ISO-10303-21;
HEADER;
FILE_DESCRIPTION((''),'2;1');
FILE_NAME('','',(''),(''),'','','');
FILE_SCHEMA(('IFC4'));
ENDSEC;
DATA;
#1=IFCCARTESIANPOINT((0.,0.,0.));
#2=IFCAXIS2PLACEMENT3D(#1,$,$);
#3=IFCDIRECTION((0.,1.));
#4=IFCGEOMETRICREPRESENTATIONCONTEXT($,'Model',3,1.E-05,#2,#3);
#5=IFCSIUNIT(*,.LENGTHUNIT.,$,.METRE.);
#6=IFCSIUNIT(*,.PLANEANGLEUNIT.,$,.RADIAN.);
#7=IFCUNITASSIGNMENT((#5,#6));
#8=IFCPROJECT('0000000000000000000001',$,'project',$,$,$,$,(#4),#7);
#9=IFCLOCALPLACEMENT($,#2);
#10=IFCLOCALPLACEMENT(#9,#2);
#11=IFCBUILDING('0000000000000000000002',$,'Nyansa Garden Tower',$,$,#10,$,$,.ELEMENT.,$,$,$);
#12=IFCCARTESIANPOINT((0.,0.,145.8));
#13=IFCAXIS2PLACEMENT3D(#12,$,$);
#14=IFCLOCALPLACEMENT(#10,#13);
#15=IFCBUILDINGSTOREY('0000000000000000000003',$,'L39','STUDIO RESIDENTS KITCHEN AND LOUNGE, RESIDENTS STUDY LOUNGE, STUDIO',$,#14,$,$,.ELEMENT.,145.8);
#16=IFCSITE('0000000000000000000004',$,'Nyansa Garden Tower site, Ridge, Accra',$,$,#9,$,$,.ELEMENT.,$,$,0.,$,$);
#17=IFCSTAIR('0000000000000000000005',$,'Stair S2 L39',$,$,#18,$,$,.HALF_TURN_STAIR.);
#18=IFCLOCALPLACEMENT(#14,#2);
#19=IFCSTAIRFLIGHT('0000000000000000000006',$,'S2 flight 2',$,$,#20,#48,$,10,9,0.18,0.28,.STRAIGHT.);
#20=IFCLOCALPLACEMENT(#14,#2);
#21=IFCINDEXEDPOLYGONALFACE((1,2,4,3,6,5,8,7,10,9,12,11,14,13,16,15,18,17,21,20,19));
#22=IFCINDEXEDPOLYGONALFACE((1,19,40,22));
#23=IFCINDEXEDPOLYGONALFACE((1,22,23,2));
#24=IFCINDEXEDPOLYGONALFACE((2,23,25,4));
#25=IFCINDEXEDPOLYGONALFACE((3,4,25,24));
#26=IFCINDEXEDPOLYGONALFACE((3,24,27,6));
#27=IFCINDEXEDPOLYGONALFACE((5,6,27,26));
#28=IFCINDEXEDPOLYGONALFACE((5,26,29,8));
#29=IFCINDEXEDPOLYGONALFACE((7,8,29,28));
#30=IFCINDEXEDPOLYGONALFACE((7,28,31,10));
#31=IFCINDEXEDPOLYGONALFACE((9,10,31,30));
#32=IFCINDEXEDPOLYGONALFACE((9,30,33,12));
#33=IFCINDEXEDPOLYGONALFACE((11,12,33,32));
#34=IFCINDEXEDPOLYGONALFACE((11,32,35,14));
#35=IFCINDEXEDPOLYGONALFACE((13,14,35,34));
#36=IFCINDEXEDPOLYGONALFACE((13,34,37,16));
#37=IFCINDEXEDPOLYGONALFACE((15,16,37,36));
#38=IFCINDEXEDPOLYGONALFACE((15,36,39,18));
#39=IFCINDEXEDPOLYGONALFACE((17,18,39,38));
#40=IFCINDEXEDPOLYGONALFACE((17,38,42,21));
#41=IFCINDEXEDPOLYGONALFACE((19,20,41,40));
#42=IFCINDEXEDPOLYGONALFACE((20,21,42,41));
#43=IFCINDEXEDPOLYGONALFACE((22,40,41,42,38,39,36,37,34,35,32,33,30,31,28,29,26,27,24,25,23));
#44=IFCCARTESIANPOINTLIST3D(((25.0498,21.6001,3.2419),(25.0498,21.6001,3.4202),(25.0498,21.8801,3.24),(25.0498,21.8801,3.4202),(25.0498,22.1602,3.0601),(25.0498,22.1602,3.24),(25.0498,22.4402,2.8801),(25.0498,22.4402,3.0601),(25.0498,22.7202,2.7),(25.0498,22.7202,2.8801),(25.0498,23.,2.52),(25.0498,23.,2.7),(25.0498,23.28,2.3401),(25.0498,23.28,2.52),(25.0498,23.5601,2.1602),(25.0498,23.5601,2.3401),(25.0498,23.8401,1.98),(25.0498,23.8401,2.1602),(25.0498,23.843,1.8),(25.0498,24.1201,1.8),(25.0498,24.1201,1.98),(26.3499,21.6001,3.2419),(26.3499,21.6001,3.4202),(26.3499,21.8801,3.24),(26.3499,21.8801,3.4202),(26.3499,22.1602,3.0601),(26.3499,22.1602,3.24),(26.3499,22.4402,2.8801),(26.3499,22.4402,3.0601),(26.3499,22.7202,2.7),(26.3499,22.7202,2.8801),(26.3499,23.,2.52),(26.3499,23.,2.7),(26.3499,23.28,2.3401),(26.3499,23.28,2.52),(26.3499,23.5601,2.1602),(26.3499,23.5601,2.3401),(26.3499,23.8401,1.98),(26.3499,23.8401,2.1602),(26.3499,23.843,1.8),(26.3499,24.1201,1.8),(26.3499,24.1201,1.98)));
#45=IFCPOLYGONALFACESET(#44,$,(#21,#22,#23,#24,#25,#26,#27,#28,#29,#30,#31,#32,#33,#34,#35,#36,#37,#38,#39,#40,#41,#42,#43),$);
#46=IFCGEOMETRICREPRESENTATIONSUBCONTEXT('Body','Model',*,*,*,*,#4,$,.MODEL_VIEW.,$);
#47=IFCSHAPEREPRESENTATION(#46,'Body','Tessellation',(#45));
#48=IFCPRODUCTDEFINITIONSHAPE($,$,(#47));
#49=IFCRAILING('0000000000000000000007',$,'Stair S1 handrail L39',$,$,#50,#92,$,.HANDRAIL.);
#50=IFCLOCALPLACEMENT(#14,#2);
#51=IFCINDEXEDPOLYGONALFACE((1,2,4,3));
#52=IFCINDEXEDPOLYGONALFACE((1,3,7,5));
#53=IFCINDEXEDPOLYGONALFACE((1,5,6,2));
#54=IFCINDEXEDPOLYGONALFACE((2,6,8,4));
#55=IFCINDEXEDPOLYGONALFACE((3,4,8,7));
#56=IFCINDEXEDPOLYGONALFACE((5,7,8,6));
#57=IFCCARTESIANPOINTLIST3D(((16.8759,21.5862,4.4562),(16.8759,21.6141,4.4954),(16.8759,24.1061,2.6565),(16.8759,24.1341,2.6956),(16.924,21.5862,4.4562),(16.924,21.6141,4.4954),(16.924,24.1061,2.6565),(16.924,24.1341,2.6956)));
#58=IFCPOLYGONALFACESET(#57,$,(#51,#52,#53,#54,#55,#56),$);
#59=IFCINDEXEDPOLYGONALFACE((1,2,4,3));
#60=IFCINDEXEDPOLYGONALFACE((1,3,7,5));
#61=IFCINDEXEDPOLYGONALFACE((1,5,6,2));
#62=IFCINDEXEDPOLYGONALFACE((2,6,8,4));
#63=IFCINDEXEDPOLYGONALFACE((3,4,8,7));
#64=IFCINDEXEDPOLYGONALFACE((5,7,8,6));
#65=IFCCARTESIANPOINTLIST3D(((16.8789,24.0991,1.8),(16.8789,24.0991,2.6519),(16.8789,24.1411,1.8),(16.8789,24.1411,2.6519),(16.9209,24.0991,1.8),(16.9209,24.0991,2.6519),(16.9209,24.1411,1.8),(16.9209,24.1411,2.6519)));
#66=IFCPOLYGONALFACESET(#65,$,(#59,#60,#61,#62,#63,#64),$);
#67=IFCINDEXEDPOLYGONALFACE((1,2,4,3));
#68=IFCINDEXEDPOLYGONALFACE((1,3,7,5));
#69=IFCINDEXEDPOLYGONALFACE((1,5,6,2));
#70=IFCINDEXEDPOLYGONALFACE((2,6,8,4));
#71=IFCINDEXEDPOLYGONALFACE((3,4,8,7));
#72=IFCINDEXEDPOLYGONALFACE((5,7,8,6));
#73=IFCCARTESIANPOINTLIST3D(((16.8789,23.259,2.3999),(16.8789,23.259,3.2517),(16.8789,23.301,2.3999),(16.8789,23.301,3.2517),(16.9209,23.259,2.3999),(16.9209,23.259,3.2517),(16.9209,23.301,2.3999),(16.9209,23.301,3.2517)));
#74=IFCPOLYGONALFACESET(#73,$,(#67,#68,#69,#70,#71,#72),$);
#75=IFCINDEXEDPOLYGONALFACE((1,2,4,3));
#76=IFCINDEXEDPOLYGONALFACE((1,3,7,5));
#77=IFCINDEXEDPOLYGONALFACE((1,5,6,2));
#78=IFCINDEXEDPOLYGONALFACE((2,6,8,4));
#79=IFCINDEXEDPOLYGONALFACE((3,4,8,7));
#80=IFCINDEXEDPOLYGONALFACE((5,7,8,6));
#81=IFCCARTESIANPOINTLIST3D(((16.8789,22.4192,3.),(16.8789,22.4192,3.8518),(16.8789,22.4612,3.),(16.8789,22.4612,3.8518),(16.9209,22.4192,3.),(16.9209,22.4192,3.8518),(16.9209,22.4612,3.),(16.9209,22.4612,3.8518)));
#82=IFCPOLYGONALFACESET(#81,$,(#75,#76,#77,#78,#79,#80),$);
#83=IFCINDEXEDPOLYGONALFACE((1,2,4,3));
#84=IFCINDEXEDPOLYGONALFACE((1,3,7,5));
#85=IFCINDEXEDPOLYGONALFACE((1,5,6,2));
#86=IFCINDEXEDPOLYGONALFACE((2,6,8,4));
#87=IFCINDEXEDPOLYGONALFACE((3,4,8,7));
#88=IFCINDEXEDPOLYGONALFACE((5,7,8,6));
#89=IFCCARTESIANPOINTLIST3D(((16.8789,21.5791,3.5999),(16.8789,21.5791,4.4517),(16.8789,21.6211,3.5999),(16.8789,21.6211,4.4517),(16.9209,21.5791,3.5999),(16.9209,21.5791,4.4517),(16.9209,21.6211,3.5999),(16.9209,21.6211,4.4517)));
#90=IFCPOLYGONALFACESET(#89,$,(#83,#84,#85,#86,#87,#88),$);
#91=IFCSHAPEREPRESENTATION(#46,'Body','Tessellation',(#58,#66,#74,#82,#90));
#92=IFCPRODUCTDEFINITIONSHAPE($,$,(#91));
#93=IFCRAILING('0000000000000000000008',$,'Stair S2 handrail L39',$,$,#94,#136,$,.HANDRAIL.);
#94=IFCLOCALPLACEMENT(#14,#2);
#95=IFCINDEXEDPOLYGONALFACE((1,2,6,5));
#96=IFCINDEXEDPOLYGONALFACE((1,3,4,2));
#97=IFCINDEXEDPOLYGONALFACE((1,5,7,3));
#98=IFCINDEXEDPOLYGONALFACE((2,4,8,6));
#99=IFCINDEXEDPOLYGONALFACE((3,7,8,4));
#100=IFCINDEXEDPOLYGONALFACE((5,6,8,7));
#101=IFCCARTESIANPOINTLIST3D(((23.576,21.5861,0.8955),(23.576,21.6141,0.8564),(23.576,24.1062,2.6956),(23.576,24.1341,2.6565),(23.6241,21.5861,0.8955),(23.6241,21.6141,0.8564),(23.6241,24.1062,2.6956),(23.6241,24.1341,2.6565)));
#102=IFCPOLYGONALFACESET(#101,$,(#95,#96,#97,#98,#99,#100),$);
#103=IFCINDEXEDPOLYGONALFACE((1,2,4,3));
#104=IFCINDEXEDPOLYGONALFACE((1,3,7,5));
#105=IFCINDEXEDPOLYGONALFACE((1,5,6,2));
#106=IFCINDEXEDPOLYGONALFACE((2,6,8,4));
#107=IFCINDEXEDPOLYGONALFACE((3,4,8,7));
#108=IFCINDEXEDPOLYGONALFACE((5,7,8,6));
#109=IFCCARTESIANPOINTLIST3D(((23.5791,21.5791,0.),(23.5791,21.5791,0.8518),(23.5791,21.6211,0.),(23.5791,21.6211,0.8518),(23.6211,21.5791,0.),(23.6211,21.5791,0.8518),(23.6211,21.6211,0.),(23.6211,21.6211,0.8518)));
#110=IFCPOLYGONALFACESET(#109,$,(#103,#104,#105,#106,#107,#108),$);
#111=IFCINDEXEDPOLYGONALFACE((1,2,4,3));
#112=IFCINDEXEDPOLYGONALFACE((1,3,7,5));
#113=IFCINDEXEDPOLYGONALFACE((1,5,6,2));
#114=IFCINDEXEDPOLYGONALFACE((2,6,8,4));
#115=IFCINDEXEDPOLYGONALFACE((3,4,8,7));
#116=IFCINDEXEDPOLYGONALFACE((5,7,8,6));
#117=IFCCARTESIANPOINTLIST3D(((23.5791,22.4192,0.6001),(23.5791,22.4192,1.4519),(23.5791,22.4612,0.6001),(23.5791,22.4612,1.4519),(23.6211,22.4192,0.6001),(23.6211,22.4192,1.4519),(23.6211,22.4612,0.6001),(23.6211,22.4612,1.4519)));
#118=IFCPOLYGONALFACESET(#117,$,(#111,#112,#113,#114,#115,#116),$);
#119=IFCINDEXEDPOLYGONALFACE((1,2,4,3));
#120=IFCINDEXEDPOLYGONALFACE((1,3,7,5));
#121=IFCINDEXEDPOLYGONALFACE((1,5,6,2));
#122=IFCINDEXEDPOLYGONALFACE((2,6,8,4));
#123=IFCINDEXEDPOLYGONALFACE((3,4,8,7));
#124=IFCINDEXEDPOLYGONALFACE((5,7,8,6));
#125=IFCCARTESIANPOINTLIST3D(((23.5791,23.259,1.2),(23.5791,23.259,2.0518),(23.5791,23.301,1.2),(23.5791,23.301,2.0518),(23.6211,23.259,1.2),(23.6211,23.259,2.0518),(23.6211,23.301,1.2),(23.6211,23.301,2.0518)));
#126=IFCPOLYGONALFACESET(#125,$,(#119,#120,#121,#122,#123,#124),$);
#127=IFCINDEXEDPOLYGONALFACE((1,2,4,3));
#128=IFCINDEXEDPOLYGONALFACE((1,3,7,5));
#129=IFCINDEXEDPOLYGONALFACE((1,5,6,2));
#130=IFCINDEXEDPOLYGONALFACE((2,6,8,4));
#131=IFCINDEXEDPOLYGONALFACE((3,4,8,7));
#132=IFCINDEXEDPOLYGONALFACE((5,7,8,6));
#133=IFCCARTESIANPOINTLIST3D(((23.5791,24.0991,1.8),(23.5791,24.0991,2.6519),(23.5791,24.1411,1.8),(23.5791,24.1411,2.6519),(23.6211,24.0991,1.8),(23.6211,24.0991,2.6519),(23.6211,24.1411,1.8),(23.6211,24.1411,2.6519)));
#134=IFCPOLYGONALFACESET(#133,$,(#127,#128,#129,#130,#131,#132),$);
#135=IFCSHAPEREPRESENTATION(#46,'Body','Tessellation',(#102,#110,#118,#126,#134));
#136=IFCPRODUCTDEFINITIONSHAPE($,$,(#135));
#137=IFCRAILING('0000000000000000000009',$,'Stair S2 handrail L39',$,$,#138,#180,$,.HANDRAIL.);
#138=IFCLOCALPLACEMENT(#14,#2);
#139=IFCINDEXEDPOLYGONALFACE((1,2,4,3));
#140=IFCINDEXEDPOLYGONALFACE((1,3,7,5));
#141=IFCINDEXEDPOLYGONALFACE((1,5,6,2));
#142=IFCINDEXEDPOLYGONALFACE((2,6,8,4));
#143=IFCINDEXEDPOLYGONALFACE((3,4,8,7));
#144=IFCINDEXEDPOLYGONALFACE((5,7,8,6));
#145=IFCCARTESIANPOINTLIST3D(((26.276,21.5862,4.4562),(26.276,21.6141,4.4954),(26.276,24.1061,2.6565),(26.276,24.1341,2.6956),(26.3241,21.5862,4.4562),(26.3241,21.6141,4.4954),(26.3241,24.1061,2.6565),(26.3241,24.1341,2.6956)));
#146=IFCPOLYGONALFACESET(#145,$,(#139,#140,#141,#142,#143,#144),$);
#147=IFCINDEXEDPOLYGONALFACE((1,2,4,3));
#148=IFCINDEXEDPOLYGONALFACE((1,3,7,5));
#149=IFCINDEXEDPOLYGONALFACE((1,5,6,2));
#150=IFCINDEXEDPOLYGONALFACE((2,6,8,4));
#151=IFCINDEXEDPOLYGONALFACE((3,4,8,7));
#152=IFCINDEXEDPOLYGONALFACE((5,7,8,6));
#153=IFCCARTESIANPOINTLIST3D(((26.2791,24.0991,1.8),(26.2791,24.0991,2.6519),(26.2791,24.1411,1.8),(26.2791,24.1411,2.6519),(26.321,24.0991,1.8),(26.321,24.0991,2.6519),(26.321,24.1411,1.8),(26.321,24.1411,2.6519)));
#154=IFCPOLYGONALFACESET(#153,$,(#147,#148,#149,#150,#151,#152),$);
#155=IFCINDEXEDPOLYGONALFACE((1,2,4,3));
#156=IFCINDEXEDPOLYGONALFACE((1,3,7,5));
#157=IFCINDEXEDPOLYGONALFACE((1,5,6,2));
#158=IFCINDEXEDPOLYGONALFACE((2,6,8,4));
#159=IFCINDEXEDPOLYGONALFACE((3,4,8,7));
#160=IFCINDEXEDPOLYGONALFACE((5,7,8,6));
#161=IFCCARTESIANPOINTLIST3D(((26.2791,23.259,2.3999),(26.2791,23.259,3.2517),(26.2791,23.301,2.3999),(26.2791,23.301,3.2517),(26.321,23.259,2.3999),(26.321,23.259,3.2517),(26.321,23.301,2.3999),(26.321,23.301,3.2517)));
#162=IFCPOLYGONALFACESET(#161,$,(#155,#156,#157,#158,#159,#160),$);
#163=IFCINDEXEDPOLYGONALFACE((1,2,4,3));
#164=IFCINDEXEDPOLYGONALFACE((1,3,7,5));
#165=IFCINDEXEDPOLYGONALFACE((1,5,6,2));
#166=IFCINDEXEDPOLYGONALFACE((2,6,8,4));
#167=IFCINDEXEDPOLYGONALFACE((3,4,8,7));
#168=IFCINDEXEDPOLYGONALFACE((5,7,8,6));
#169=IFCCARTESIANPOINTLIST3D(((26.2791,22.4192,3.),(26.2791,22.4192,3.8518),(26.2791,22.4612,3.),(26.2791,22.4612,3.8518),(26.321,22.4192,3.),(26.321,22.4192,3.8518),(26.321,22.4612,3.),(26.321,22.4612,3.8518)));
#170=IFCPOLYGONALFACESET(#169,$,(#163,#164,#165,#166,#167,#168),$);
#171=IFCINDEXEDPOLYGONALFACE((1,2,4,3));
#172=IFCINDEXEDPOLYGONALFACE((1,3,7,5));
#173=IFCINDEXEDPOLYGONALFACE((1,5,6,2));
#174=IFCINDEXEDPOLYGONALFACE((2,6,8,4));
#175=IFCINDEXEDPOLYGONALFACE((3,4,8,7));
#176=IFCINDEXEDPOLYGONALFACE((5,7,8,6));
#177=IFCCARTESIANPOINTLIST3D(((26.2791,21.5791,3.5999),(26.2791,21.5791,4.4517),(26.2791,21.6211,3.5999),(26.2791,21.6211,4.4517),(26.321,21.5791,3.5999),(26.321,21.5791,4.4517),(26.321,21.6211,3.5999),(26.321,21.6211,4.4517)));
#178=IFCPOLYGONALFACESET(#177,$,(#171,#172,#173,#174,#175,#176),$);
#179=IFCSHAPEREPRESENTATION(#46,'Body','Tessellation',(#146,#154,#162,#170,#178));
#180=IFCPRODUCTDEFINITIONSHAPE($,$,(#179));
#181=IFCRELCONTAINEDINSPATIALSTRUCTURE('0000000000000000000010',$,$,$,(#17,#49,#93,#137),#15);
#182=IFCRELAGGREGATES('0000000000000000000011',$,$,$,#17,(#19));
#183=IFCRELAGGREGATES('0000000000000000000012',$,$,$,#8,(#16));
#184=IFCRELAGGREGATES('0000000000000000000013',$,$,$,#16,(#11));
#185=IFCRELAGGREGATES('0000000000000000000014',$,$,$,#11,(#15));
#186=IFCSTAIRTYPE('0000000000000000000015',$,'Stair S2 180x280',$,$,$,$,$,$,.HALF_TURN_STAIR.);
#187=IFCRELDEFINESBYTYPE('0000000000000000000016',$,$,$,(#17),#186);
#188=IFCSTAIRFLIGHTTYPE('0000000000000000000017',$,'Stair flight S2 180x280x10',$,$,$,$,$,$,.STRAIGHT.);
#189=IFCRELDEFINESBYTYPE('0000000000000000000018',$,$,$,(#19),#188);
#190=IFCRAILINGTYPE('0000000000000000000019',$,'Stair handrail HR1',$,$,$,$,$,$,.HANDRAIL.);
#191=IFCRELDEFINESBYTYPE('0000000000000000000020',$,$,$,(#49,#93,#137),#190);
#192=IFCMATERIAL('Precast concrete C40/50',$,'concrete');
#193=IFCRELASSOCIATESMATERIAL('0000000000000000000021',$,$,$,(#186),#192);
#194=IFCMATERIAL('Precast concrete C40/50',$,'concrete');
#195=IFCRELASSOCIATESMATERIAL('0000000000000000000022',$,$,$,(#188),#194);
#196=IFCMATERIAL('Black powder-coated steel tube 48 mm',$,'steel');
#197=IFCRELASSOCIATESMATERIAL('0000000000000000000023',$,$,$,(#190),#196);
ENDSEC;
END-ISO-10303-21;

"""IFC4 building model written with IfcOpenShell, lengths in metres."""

from ifc_helpers import new_model, si_unit, direction, frame, origin, origin_2d, place, context, subcontext, project, spatial, polyline, rectangle, outline, extrude, material, type_object, element, aggregate, save


model = new_model("IFC4")

# Units and contexts
model_context = context("Model", 3, precision=1e-05, world=origin(), true_north=direction((0.0, 1.0)))
body_context = subcontext(model_context, "Body", "Model", "MODEL_VIEW")
ifc_project = project(units=[si_unit("LENGTHUNIT", "METRE"), si_unit("PLANEANGLEUNIT", "RADIAN")], contexts=[model_context])

# Site, building, storey
site_placement = place(None, origin())
site = spatial("IfcSite", under=ifc_project, at=site_placement, Name="Nyansa Garden Tower site, Ridge, Accra", CompositionType="ELEMENT", RefElevation=0.0)
building_placement = place(site_placement, origin())
building = spatial("IfcBuilding", under=site, at=building_placement, Name="Nyansa Garden Tower", CompositionType="ELEMENT")
storey_placement = place(building_placement, frame((0.0, 0.0, 145.8)))
storey = spatial("IfcBuildingStorey", under=building, at=storey_placement, Name="L39", Description="STUDIO RESIDENTS KITCHEN AND LOUNGE, RESIDENTS STUDY LOUNGE, STUDIO", CompositionType="ELEMENT", Elevation=145.8)

# Stair, stair flight
ifc_material_1 = material(Name="Precast concrete C40/50", Category="concrete")
stair_type_1 = type_object("IfcStairType", Name="Stair S2 180x280", PredefinedType="HALF_TURN_STAIR", material=ifc_material_1)
stair_1_placement = place(storey_placement, origin())
stair_1 = element("IfcStair", 1, at=stair_1_placement, inside=storey, type_object=stair_type_1, Name="Stair S2 L39", PredefinedType="HALF_TURN_STAIR")
ifc_material_2 = material(Name="Precast concrete C40/50", Category="concrete")
stair_flight_type_1 = type_object("IfcStairFlightType", Name="Stair flight S2 180x280x10", PredefinedType="STRAIGHT", material=ifc_material_2)
stair_flight_1_placement = place(storey_placement, frame((25.7, 24.1201, 1.8), z_axis=(0.0, 0.0, 1.0), x_axis=(0.0, -1.0, 0.0)))
stair_flight_1 = element("IfcStairFlight", 2, at=stair_flight_1_placement, type_object=stair_flight_type_1, Name="S2 flight 2", NumberOfRisers=10, NumberOfTreads=9, PredefinedType="STRAIGHT", RiserHeight=0.18, TreadLength=0.28, context=body_context, shape_type="SweptSolid", body=[
    extrude(outline(polyline([(0.0, 0.0), (0.0, 0.1799), (0.28, 0.1799), (0.28, 0.3601), (0.5601, 0.3601), (0.5601, 0.54), (0.8401, 0.54), (0.8401, 0.72), (1.1201, 0.72), (1.1201, 0.8999), (1.3999, 0.8999), (1.3999, 1.0801), (1.6799, 1.0801), (1.6799, 1.26), (1.96, 1.26), (1.96, 1.4399), (2.24, 1.4399), (2.24, 1.6201), (2.52, 1.6201), (2.52, 1.8), (2.52, 1.4419), (0.2771, 0.0), (0.0, 0.0)])), frame((0.0, 0.6499, 0.0), z_axis=(0.0, -1.0, 0.0), x_axis=(1.0, 0.0, 0.0)), (0.0, 0.0, 1.0), 1.3),
])
aggregate(stair_1, [stair_flight_1])

# Railings
ifc_material_3 = material(Name="Black powder-coated steel tube 48 mm", Category="steel")
railing_type = type_object("IfcRailingType", Name="Stair handrail HR1", PredefinedType="HANDRAIL", material=ifc_material_3)
railing_1_placement = place(storey_placement, frame((16.8999, 24.1201, 1.8)))
element("IfcRailing", 3, at=railing_1_placement, inside=storey, type_object=railing_type, Name="Stair S1 handrail L39", PredefinedType="HANDRAIL", context=body_context, shape_type="SweptSolid", body=[
    extrude(rectangle(XDim=0.0481, YDim=0.0481, at=origin_2d()), frame((0.0, 0.0, 0.876), z_axis=(0.0, -0.813765, 0.581193), x_axis=(1.0, 0.0, 0.0)), (0.0, 0.0, 1.0), 3.0967),
    extrude(rectangle(XDim=0.042, YDim=0.042, at=origin_2d()), origin(), (0.0, 0.0, 1.0), 0.8518),
    extrude(rectangle(XDim=0.042, YDim=0.042, at=origin_2d()), frame((0.0, -0.8401, 0.5999)), (0.0, 0.0, 1.0), 0.8518),
    extrude(rectangle(XDim=0.042, YDim=0.042, at=origin_2d()), frame((0.0, -1.6799, 1.2)), (0.0, 0.0, 1.0), 0.8518),
    extrude(rectangle(XDim=0.042, YDim=0.042, at=origin_2d()), frame((0.0, -2.52, 1.7998)), (0.0, 0.0, 1.0), 0.8518),
])
railing_2_placement = place(storey_placement, frame((23.6001, 21.6001, 0.0)))
element("IfcRailing", 4, at=railing_2_placement, inside=storey, type_object=railing_type, Name="Stair S2 handrail L39", PredefinedType="HANDRAIL", context=body_context, shape_type="SweptSolid", body=[
    extrude(rectangle(XDim=0.0481, YDim=0.0481, at=origin_2d()), frame((0.0, 0.0, 0.876), z_axis=(0.0, 0.813728, 0.581246), x_axis=(-1.0, 0.0, 0.0)), (0.0, 0.0, 1.0), 3.0969),
    extrude(rectangle(XDim=0.042, YDim=0.042, at=origin_2d()), origin(), (0.0, 0.0, 1.0), 0.8518),
    extrude(rectangle(XDim=0.042, YDim=0.042, at=origin_2d()), frame((0.0, 0.8401, 0.6001)), (0.0, 0.0, 1.0), 0.8518),
    extrude(rectangle(XDim=0.042, YDim=0.042, at=origin_2d()), frame((0.0, 1.6799, 1.2)), (0.0, 0.0, 1.0), 0.8518),
    extrude(rectangle(XDim=0.042, YDim=0.042, at=origin_2d()), frame((0.0, 2.52, 1.8)), (0.0, 0.0, 1.0), 0.8518),
])
railing_3_placement = place(storey_placement, frame((26.3, 24.1201, 1.8)))
element("IfcRailing", 5, at=railing_3_placement, inside=storey, type_object=railing_type, Name="Stair S2 handrail L39", PredefinedType="HANDRAIL", context=body_context, shape_type="SweptSolid", body=[
    extrude(rectangle(XDim=0.0481, YDim=0.0481, at=origin_2d()), frame((0.0, 0.0, 0.876), z_axis=(0.0, -0.813765, 0.581193), x_axis=(1.0, 0.0, 0.0)), (0.0, 0.0, 1.0), 3.0967),
    extrude(rectangle(XDim=0.042, YDim=0.042, at=origin_2d()), origin(), (0.0, 0.0, 1.0), 0.8518),
    extrude(rectangle(XDim=0.042, YDim=0.042, at=origin_2d()), frame((0.0, -0.8401, 0.5999)), (0.0, 0.0, 1.0), 0.8518),
    extrude(rectangle(XDim=0.042, YDim=0.042, at=origin_2d()), frame((0.0, -1.6799, 1.2)), (0.0, 0.0, 1.0), 0.8518),
    extrude(rectangle(XDim=0.042, YDim=0.042, at=origin_2d()), frame((0.0, -2.52, 1.7998)), (0.0, 0.0, 1.0), 0.8518),
])

save(model, "model.ifc")
